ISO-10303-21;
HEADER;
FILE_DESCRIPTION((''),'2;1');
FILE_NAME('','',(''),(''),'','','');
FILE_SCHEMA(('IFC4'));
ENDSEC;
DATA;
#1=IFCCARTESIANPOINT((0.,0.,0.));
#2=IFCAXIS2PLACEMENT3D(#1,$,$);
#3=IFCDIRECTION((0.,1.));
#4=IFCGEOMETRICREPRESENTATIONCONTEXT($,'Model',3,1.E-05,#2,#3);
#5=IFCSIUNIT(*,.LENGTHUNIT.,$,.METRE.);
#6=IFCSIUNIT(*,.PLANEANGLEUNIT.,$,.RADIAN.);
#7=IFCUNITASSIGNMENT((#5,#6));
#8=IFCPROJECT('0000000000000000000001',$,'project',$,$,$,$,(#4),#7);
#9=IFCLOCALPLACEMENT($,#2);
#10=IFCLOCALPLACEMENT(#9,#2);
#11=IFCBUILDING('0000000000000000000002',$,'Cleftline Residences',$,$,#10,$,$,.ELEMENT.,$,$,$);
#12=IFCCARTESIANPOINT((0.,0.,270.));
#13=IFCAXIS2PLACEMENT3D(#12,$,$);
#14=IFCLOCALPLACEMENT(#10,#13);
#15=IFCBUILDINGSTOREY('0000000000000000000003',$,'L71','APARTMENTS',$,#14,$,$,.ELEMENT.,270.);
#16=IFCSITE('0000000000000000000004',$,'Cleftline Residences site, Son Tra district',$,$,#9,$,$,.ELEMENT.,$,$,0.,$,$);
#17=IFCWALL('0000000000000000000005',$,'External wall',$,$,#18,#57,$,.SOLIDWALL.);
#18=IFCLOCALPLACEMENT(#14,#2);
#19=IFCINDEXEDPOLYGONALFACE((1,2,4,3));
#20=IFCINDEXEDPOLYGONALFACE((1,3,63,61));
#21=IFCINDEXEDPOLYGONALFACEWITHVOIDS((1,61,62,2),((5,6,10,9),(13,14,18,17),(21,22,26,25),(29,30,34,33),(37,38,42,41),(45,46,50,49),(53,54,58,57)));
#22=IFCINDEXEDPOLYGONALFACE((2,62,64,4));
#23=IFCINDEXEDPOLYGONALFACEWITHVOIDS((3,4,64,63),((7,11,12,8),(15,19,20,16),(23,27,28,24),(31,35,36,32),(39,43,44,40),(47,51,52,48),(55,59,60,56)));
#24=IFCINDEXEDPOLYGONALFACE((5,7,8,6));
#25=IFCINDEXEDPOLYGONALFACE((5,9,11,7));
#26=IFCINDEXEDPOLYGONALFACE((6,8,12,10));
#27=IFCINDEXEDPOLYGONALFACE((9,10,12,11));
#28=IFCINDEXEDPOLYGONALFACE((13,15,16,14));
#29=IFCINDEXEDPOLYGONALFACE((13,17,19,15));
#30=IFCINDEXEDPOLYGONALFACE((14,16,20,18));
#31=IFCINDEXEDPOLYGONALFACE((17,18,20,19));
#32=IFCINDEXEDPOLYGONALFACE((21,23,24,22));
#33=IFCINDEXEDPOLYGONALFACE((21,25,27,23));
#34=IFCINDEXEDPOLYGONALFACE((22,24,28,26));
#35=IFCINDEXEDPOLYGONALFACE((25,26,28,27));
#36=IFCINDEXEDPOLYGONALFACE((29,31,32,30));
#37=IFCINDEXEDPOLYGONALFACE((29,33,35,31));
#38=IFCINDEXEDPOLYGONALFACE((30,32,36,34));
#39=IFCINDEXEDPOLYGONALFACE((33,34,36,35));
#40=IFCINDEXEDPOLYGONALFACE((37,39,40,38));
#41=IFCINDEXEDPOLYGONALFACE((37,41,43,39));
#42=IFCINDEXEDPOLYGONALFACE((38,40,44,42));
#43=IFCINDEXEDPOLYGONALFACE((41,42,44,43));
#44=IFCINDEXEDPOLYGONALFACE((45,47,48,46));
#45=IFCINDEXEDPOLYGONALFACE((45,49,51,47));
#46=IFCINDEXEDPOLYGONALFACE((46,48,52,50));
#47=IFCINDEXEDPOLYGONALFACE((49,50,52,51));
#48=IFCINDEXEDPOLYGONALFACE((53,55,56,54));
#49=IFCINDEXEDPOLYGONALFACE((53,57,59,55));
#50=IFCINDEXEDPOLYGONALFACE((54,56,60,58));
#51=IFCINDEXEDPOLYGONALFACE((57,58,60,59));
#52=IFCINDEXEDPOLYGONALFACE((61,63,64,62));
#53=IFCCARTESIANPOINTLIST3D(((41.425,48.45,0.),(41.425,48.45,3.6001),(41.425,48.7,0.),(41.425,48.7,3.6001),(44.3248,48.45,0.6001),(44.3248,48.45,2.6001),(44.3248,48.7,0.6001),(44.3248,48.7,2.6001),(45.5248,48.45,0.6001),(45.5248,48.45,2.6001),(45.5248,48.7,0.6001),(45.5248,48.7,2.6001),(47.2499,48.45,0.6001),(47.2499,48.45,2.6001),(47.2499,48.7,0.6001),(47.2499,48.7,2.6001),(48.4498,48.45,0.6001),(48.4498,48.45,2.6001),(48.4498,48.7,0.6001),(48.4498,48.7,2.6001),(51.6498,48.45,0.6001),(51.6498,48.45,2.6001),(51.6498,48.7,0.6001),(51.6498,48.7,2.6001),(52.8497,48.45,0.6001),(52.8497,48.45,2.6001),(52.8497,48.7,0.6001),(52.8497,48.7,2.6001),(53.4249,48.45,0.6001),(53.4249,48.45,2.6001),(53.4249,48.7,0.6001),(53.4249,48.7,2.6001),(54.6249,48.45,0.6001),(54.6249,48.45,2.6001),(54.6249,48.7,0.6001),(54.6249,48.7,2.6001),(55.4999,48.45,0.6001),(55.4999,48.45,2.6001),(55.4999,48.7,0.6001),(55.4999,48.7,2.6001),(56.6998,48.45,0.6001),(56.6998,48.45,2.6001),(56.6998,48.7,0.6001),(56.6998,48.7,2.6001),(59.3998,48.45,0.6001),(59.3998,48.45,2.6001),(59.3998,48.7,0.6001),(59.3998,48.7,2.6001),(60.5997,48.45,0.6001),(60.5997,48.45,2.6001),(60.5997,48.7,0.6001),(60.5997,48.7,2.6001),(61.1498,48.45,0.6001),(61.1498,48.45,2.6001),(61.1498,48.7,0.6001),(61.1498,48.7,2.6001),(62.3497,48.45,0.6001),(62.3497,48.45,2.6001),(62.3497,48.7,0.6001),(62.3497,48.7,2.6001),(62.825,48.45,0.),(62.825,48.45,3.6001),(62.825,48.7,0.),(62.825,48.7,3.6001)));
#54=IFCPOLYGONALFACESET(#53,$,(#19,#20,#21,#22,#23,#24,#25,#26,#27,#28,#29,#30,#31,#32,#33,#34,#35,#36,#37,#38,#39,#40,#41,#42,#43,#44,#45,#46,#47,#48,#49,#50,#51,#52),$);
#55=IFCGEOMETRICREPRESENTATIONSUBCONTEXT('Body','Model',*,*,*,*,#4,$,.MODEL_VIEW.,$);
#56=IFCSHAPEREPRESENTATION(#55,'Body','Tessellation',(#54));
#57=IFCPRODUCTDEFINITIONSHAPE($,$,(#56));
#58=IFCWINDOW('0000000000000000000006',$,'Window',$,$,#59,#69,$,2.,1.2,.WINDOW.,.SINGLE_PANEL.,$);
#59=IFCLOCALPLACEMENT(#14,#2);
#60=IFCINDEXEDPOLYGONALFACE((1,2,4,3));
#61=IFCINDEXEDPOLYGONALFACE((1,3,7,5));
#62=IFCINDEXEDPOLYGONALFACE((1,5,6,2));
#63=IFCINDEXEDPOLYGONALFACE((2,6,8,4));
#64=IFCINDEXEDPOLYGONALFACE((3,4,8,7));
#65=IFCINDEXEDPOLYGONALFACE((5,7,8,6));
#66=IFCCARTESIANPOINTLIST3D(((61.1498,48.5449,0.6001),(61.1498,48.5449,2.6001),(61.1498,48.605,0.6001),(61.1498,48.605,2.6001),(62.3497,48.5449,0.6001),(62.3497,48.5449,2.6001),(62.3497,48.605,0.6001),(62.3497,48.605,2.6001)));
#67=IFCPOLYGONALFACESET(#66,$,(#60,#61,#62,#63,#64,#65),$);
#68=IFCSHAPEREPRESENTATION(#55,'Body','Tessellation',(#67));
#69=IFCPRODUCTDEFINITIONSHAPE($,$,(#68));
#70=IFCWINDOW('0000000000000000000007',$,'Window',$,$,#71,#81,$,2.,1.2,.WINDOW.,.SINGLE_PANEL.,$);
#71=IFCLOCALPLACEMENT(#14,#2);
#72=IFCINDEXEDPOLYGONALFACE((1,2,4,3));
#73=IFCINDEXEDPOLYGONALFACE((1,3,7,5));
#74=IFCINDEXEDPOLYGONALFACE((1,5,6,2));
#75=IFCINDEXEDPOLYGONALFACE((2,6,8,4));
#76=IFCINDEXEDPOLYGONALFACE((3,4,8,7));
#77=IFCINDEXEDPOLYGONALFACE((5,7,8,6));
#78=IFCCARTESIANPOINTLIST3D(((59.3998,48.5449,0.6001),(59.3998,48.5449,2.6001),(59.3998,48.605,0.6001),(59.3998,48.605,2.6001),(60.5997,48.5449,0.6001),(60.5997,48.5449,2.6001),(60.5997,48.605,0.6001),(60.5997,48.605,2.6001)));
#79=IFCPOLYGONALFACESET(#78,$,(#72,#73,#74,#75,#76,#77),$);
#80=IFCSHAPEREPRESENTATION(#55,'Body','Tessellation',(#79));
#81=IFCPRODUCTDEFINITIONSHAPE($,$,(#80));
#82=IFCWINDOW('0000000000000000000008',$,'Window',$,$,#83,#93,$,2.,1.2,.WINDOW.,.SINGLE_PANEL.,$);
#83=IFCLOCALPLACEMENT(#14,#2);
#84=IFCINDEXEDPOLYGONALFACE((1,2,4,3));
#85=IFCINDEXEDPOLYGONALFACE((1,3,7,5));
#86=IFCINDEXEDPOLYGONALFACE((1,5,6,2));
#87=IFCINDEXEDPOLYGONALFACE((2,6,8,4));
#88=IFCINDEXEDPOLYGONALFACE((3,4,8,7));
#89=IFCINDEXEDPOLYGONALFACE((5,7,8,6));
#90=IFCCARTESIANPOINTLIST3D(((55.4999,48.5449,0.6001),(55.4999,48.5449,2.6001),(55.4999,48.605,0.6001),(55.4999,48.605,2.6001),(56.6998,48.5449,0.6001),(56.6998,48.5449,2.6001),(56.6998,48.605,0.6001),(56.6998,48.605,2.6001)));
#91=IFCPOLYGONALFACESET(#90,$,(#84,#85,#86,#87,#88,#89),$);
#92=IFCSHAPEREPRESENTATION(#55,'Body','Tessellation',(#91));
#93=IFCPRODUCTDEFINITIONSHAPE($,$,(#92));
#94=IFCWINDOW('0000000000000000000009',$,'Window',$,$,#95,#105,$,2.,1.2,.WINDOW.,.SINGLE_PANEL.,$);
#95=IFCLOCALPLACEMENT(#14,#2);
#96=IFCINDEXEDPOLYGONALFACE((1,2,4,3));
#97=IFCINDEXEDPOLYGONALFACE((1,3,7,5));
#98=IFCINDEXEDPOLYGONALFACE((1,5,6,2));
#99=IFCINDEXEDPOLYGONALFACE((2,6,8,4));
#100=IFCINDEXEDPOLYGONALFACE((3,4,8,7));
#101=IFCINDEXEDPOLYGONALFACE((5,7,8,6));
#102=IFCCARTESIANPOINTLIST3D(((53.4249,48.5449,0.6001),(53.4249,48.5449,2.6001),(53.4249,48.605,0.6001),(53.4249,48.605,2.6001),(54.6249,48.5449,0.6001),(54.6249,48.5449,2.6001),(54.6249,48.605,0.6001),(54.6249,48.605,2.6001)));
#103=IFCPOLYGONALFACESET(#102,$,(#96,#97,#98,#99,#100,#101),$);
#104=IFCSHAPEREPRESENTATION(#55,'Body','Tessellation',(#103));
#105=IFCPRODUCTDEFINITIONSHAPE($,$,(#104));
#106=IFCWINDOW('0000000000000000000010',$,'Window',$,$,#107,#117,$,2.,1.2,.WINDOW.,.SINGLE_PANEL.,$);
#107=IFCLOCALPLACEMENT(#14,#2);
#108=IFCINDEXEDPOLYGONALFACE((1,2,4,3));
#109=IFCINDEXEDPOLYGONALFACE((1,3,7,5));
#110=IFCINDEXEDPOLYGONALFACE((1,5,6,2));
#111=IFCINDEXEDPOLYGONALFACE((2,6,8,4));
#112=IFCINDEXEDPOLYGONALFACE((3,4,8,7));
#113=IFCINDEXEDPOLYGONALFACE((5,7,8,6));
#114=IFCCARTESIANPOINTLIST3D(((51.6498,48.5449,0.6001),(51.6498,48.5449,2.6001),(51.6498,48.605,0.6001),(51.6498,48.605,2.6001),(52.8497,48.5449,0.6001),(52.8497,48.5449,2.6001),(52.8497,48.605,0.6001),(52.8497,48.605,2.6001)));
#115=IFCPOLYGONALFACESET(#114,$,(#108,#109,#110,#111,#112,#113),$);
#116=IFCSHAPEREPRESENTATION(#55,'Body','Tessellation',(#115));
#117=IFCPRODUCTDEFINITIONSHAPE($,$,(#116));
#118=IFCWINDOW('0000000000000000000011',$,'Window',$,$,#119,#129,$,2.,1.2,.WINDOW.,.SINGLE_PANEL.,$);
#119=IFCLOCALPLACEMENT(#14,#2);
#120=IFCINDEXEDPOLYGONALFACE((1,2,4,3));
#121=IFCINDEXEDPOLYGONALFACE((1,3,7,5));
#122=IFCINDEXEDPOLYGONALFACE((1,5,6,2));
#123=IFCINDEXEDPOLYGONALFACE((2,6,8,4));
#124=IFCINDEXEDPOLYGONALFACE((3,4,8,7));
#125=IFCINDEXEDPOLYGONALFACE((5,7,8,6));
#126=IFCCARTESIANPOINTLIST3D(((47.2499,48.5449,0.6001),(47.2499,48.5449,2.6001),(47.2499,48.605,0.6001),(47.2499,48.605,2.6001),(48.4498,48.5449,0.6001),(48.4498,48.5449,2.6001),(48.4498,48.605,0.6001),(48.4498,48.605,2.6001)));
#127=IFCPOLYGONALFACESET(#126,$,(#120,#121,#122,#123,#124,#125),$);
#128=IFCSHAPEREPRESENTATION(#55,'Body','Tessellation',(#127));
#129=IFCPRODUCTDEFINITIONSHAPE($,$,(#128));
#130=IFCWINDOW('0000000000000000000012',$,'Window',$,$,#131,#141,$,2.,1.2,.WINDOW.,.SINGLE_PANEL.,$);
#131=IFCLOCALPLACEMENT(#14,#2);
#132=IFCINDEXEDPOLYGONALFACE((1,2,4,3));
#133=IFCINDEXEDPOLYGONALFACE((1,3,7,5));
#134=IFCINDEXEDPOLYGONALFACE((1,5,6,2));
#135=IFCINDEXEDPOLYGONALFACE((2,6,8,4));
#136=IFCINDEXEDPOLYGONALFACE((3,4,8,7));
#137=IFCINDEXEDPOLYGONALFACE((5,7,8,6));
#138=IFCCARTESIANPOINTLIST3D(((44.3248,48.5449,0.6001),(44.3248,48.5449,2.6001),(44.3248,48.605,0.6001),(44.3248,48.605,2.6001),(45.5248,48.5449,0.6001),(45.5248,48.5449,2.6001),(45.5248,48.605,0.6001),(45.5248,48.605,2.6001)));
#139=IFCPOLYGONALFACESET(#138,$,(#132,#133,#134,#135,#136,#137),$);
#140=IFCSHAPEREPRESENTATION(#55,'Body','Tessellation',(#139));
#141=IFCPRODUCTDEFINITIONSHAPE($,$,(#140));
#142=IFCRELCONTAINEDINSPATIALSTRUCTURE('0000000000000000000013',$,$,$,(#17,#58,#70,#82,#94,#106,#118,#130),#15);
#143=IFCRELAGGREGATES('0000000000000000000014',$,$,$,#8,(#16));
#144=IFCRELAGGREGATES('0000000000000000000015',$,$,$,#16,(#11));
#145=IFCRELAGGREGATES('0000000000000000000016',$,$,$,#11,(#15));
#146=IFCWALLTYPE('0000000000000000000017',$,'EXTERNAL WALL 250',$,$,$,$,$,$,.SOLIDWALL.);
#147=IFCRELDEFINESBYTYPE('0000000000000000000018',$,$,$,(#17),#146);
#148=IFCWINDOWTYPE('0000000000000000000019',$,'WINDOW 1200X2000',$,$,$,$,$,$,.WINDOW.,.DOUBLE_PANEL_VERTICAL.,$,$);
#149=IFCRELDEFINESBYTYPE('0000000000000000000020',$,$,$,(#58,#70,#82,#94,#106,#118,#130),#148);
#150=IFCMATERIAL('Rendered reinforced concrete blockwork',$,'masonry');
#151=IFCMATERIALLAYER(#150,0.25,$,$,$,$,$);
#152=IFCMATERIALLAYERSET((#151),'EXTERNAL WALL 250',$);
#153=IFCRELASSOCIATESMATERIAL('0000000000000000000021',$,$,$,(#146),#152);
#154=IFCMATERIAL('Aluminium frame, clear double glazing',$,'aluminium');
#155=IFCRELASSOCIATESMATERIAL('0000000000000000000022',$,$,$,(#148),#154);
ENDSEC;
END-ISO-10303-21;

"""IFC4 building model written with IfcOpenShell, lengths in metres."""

from ifc_helpers import new_model, si_unit, direction, frame, frame_2d, origin, place, context, subcontext, project, spatial, rectangle, extrude, material, layer, layer_set, type_object, element, fill, save


model = new_model("IFC4")

# Units and contexts
model_context = context("Model", 3, precision=1e-05, world=origin(), true_north=direction((0.0, 1.0)))
body_context = subcontext(model_context, "Body", "Model", "MODEL_VIEW")
ifc_project = project(units=[si_unit("LENGTHUNIT", "METRE"), si_unit("PLANEANGLEUNIT", "RADIAN")], contexts=[model_context])

# Site, building, storey
site_placement = place(None, origin())
site = spatial("IfcSite", under=ifc_project, at=site_placement, Name="Cleftline Residences site, Son Tra district", CompositionType="ELEMENT", RefElevation=0.0)
building_placement = place(site_placement, origin())
building = spatial("IfcBuilding", under=site, at=building_placement, Name="Cleftline Residences", CompositionType="ELEMENT")
storey_placement = place(building_placement, frame((0.0, 0.0, 270.0)))
storey = spatial("IfcBuildingStorey", under=building, at=storey_placement, Name="L71", Description="APARTMENTS", CompositionType="ELEMENT", Elevation=270.0)

# Shared definitions
ifc_material_1 = material(Name="Rendered reinforced concrete blockwork", Category="masonry")
ifc_layer_1 = layer(ifc_material_1, 0.25)
ifc_layer_set_1 = layer_set([ifc_layer_1], Name="EXTERNAL WALL 250")
wall_type = type_object("IfcWallType", Name="EXTERNAL WALL 250", PredefinedType="SOLIDWALL", material=ifc_layer_set_1)

# Wall, openings, windows
wall_1_placement = place(storey_placement, frame((62.825, 48.575, 0.0), z_axis=(0.0, 0.0, 1.0), x_axis=(-1.0, 0.0, 0.0)))
wall_1 = element("IfcWall", 1, at=wall_1_placement, inside=storey, type_object=wall_type, Name="External wall", PredefinedType="SOLIDWALL", context=body_context, shape_type="SweptSolid", body=[
    extrude(rectangle(XDim=21.3999, YDim=0.25, at=frame_2d((10.7, 0.0))), origin(), (0.0, 0.0, 1.0), 3.6001),
])
opening_1_placement = place(wall_1_placement, frame((0.4751, 0.0, 0.6001)))
opening_1 = element("IfcOpeningElement", 2, at=opening_1_placement, cuts=wall_1, PredefinedType="OPENING", context=body_context, shape_type="SweptSolid", body=[
    extrude(rectangle(XDim=1.2, YDim=2.0, at=frame_2d((0.6001, 1.0))), frame((0.0, 0.135, 0.0), z_axis=(0.0, -1.0, 0.0), x_axis=(1.0, 0.0, 0.0)), (0.0, 0.0, 1.0), 0.27),
])
opening_2_placement = place(wall_1_placement, frame((2.2251, 0.0, 0.6001)))
opening_2 = element("IfcOpeningElement", 3, at=opening_2_placement, cuts=wall_1, PredefinedType="OPENING", context=body_context, shape_type="SweptSolid", body=[
    extrude(rectangle(XDim=1.2, YDim=2.0, at=frame_2d((0.6001, 1.0))), frame((0.0, 0.135, 0.0), z_axis=(0.0, -1.0, 0.0), x_axis=(1.0, 0.0, 0.0)), (0.0, 0.0, 1.0), 0.27),
])
opening_3_placement = place(wall_1_placement, frame((6.125, 0.0, 0.6001)))
opening_3 = element("IfcOpeningElement", 4, at=opening_3_placement, cuts=wall_1, PredefinedType="OPENING", context=body_context, shape_type="SweptSolid", body=[
    extrude(rectangle(XDim=1.2, YDim=2.0, at=frame_2d((0.6001, 1.0))), frame((0.0, 0.135, 0.0), z_axis=(0.0, -1.0, 0.0), x_axis=(1.0, 0.0, 0.0)), (0.0, 0.0, 1.0), 0.27),
])
opening_4_placement = place(wall_1_placement, frame((8.2, 0.0, 0.6001)))
opening_4 = element("IfcOpeningElement", 5, at=opening_4_placement, cuts=wall_1, PredefinedType="OPENING", context=body_context, shape_type="SweptSolid", body=[
    extrude(rectangle(XDim=1.2, YDim=2.0, at=frame_2d((0.6001, 1.0))), frame((0.0, 0.135, 0.0), z_axis=(0.0, -1.0, 0.0), x_axis=(1.0, 0.0, 0.0)), (0.0, 0.0, 1.0), 0.27),
])
opening_5_placement = place(wall_1_placement, frame((9.9751, 0.0, 0.6001)))
opening_5 = element("IfcOpeningElement", 6, at=opening_5_placement, cuts=wall_1, PredefinedType="OPENING", context=body_context, shape_type="SweptSolid", body=[
    extrude(rectangle(XDim=1.2, YDim=2.0, at=frame_2d((0.6001, 1.0))), frame((0.0, 0.135, 0.0), z_axis=(0.0, -1.0, 0.0), x_axis=(1.0, 0.0, 0.0)), (0.0, 0.0, 1.0), 0.27),
])
opening_6_placement = place(wall_1_placement, frame((14.375, 0.0, 0.6001)))
opening_6 = element("IfcOpeningElement", 7, at=opening_6_placement, cuts=wall_1, PredefinedType="OPENING", context=body_context, shape_type="SweptSolid", body=[
    extrude(rectangle(XDim=1.2, YDim=2.0, at=frame_2d((0.6001, 1.0))), frame((0.0, 0.135, 0.0), z_axis=(0.0, -1.0, 0.0), x_axis=(1.0, 0.0, 0.0)), (0.0, 0.0, 1.0), 0.27),
])
opening_7_placement = place(wall_1_placement, frame((17.3, 0.0, 0.6001)))
opening_7 = element("IfcOpeningElement", 8, at=opening_7_placement, cuts=wall_1, PredefinedType="OPENING", context=body_context, shape_type="SweptSolid", body=[
    extrude(rectangle(XDim=1.2, YDim=2.0, at=frame_2d((0.6001, 1.0))), frame((0.0, 0.135, 0.0), z_axis=(0.0, -1.0, 0.0), x_axis=(1.0, 0.0, 0.0)), (0.0, 0.0, 1.0), 0.27),
])
ifc_material_2 = material(Name="Aluminium frame, clear double glazing", Category="aluminium")
window_type_1 = type_object("IfcWindowType", Name="WINDOW 1200X2000", PartitioningType="DOUBLE_PANEL_VERTICAL", PredefinedType="WINDOW", material=ifc_material_2)
window_1_placement = place(opening_1_placement, origin())
window_1 = element("IfcWindow", 9, at=window_1_placement, inside=storey, type_object=window_type_1, Name="Window", OverallHeight=2.0, OverallWidth=1.2, PartitioningType="SINGLE_PANEL", PredefinedType="WINDOW", context=body_context, shape_type="SweptSolid", body=[
    extrude(rectangle(XDim=1.2, YDim=2.0, at=frame_2d((0.6001, 1.0))), frame((0.0, 0.03, 0.0), z_axis=(0.0, -1.0, 0.0), x_axis=(1.0, 0.0, 0.0)), (0.0, 0.0, 1.0), 0.0601),
])
fill(opening_1, window_1)
window_2_placement = place(opening_2_placement, origin())
window_2 = element("IfcWindow", 10, at=window_2_placement, inside=storey, type_object=window_type_1, Name="Window", OverallHeight=2.0, OverallWidth=1.2, PartitioningType="SINGLE_PANEL", PredefinedType="WINDOW", context=body_context, shape_type="SweptSolid", body=[
    extrude(rectangle(XDim=1.2, YDim=2.0, at=frame_2d((0.6001, 1.0))), frame((0.0, 0.03, 0.0), z_axis=(0.0, -1.0, 0.0), x_axis=(1.0, 0.0, 0.0)), (0.0, 0.0, 1.0), 0.0601),
])
fill(opening_2, window_2)
window_3_placement = place(opening_3_placement, origin())
window_3 = element("IfcWindow", 11, at=window_3_placement, inside=storey, type_object=window_type_1, Name="Window", OverallHeight=2.0, OverallWidth=1.2, PartitioningType="SINGLE_PANEL", PredefinedType="WINDOW", context=body_context, shape_type="SweptSolid", body=[
    extrude(rectangle(XDim=1.2, YDim=2.0, at=frame_2d((0.6001, 1.0))), frame((0.0, 0.03, 0.0), z_axis=(0.0, -1.0, 0.0), x_axis=(1.0, 0.0, 0.0)), (0.0, 0.0, 1.0), 0.0601),
])
fill(opening_3, window_3)
window_4_placement = place(opening_4_placement, origin())
window_4 = element("IfcWindow", 12, at=window_4_placement, inside=storey, type_object=window_type_1, Name="Window", OverallHeight=2.0, OverallWidth=1.2, PartitioningType="SINGLE_PANEL", PredefinedType="WINDOW", context=body_context, shape_type="SweptSolid", body=[
    extrude(rectangle(XDim=1.2, YDim=2.0, at=frame_2d((0.6001, 1.0))), frame((0.0, 0.03, 0.0), z_axis=(0.0, -1.0, 0.0), x_axis=(1.0, 0.0, 0.0)), (0.0, 0.0, 1.0), 0.0601),
])
fill(opening_4, window_4)
window_5_placement = place(opening_5_placement, origin())
window_5 = element("IfcWindow", 13, at=window_5_placement, inside=storey, type_object=window_type_1, Name="Window", OverallHeight=2.0, OverallWidth=1.2, PartitioningType="SINGLE_PANEL", PredefinedType="WINDOW", context=body_context, shape_type="SweptSolid", body=[
    extrude(rectangle(XDim=1.2, YDim=2.0, at=frame_2d((0.6001, 1.0))), frame((0.0, 0.03, 0.0), z_axis=(0.0, -1.0, 0.0), x_axis=(1.0, 0.0, 0.0)), (0.0, 0.0, 1.0), 0.0601),
])
fill(opening_5, window_5)
window_6_placement = place(opening_6_placement, origin())
window_6 = element("IfcWindow", 14, at=window_6_placement, inside=storey, type_object=window_type_1, Name="Window", OverallHeight=2.0, OverallWidth=1.2, PartitioningType="SINGLE_PANEL", PredefinedType="WINDOW", context=body_context, shape_type="SweptSolid", body=[
    extrude(rectangle(XDim=1.2, YDim=2.0, at=frame_2d((0.6001, 1.0))), frame((0.0, 0.03, 0.0), z_axis=(0.0, -1.0, 0.0), x_axis=(1.0, 0.0, 0.0)), (0.0, 0.0, 1.0), 0.0601),
])
fill(opening_6, window_6)
window_7_placement = place(opening_7_placement, origin())
window_7 = element("IfcWindow", 15, at=window_7_placement, inside=storey, type_object=window_type_1, Name="Window", OverallHeight=2.0, OverallWidth=1.2, PartitioningType="SINGLE_PANEL", PredefinedType="WINDOW", context=body_context, shape_type="SweptSolid", body=[
    extrude(rectangle(XDim=1.2, YDim=2.0, at=frame_2d((0.6001, 1.0))), frame((0.0, 0.03, 0.0), z_axis=(0.0, -1.0, 0.0), x_axis=(1.0, 0.0, 0.0)), (0.0, 0.0, 1.0), 0.0601),
])
fill(opening_7, window_7)

save(model, "model.ifc")
